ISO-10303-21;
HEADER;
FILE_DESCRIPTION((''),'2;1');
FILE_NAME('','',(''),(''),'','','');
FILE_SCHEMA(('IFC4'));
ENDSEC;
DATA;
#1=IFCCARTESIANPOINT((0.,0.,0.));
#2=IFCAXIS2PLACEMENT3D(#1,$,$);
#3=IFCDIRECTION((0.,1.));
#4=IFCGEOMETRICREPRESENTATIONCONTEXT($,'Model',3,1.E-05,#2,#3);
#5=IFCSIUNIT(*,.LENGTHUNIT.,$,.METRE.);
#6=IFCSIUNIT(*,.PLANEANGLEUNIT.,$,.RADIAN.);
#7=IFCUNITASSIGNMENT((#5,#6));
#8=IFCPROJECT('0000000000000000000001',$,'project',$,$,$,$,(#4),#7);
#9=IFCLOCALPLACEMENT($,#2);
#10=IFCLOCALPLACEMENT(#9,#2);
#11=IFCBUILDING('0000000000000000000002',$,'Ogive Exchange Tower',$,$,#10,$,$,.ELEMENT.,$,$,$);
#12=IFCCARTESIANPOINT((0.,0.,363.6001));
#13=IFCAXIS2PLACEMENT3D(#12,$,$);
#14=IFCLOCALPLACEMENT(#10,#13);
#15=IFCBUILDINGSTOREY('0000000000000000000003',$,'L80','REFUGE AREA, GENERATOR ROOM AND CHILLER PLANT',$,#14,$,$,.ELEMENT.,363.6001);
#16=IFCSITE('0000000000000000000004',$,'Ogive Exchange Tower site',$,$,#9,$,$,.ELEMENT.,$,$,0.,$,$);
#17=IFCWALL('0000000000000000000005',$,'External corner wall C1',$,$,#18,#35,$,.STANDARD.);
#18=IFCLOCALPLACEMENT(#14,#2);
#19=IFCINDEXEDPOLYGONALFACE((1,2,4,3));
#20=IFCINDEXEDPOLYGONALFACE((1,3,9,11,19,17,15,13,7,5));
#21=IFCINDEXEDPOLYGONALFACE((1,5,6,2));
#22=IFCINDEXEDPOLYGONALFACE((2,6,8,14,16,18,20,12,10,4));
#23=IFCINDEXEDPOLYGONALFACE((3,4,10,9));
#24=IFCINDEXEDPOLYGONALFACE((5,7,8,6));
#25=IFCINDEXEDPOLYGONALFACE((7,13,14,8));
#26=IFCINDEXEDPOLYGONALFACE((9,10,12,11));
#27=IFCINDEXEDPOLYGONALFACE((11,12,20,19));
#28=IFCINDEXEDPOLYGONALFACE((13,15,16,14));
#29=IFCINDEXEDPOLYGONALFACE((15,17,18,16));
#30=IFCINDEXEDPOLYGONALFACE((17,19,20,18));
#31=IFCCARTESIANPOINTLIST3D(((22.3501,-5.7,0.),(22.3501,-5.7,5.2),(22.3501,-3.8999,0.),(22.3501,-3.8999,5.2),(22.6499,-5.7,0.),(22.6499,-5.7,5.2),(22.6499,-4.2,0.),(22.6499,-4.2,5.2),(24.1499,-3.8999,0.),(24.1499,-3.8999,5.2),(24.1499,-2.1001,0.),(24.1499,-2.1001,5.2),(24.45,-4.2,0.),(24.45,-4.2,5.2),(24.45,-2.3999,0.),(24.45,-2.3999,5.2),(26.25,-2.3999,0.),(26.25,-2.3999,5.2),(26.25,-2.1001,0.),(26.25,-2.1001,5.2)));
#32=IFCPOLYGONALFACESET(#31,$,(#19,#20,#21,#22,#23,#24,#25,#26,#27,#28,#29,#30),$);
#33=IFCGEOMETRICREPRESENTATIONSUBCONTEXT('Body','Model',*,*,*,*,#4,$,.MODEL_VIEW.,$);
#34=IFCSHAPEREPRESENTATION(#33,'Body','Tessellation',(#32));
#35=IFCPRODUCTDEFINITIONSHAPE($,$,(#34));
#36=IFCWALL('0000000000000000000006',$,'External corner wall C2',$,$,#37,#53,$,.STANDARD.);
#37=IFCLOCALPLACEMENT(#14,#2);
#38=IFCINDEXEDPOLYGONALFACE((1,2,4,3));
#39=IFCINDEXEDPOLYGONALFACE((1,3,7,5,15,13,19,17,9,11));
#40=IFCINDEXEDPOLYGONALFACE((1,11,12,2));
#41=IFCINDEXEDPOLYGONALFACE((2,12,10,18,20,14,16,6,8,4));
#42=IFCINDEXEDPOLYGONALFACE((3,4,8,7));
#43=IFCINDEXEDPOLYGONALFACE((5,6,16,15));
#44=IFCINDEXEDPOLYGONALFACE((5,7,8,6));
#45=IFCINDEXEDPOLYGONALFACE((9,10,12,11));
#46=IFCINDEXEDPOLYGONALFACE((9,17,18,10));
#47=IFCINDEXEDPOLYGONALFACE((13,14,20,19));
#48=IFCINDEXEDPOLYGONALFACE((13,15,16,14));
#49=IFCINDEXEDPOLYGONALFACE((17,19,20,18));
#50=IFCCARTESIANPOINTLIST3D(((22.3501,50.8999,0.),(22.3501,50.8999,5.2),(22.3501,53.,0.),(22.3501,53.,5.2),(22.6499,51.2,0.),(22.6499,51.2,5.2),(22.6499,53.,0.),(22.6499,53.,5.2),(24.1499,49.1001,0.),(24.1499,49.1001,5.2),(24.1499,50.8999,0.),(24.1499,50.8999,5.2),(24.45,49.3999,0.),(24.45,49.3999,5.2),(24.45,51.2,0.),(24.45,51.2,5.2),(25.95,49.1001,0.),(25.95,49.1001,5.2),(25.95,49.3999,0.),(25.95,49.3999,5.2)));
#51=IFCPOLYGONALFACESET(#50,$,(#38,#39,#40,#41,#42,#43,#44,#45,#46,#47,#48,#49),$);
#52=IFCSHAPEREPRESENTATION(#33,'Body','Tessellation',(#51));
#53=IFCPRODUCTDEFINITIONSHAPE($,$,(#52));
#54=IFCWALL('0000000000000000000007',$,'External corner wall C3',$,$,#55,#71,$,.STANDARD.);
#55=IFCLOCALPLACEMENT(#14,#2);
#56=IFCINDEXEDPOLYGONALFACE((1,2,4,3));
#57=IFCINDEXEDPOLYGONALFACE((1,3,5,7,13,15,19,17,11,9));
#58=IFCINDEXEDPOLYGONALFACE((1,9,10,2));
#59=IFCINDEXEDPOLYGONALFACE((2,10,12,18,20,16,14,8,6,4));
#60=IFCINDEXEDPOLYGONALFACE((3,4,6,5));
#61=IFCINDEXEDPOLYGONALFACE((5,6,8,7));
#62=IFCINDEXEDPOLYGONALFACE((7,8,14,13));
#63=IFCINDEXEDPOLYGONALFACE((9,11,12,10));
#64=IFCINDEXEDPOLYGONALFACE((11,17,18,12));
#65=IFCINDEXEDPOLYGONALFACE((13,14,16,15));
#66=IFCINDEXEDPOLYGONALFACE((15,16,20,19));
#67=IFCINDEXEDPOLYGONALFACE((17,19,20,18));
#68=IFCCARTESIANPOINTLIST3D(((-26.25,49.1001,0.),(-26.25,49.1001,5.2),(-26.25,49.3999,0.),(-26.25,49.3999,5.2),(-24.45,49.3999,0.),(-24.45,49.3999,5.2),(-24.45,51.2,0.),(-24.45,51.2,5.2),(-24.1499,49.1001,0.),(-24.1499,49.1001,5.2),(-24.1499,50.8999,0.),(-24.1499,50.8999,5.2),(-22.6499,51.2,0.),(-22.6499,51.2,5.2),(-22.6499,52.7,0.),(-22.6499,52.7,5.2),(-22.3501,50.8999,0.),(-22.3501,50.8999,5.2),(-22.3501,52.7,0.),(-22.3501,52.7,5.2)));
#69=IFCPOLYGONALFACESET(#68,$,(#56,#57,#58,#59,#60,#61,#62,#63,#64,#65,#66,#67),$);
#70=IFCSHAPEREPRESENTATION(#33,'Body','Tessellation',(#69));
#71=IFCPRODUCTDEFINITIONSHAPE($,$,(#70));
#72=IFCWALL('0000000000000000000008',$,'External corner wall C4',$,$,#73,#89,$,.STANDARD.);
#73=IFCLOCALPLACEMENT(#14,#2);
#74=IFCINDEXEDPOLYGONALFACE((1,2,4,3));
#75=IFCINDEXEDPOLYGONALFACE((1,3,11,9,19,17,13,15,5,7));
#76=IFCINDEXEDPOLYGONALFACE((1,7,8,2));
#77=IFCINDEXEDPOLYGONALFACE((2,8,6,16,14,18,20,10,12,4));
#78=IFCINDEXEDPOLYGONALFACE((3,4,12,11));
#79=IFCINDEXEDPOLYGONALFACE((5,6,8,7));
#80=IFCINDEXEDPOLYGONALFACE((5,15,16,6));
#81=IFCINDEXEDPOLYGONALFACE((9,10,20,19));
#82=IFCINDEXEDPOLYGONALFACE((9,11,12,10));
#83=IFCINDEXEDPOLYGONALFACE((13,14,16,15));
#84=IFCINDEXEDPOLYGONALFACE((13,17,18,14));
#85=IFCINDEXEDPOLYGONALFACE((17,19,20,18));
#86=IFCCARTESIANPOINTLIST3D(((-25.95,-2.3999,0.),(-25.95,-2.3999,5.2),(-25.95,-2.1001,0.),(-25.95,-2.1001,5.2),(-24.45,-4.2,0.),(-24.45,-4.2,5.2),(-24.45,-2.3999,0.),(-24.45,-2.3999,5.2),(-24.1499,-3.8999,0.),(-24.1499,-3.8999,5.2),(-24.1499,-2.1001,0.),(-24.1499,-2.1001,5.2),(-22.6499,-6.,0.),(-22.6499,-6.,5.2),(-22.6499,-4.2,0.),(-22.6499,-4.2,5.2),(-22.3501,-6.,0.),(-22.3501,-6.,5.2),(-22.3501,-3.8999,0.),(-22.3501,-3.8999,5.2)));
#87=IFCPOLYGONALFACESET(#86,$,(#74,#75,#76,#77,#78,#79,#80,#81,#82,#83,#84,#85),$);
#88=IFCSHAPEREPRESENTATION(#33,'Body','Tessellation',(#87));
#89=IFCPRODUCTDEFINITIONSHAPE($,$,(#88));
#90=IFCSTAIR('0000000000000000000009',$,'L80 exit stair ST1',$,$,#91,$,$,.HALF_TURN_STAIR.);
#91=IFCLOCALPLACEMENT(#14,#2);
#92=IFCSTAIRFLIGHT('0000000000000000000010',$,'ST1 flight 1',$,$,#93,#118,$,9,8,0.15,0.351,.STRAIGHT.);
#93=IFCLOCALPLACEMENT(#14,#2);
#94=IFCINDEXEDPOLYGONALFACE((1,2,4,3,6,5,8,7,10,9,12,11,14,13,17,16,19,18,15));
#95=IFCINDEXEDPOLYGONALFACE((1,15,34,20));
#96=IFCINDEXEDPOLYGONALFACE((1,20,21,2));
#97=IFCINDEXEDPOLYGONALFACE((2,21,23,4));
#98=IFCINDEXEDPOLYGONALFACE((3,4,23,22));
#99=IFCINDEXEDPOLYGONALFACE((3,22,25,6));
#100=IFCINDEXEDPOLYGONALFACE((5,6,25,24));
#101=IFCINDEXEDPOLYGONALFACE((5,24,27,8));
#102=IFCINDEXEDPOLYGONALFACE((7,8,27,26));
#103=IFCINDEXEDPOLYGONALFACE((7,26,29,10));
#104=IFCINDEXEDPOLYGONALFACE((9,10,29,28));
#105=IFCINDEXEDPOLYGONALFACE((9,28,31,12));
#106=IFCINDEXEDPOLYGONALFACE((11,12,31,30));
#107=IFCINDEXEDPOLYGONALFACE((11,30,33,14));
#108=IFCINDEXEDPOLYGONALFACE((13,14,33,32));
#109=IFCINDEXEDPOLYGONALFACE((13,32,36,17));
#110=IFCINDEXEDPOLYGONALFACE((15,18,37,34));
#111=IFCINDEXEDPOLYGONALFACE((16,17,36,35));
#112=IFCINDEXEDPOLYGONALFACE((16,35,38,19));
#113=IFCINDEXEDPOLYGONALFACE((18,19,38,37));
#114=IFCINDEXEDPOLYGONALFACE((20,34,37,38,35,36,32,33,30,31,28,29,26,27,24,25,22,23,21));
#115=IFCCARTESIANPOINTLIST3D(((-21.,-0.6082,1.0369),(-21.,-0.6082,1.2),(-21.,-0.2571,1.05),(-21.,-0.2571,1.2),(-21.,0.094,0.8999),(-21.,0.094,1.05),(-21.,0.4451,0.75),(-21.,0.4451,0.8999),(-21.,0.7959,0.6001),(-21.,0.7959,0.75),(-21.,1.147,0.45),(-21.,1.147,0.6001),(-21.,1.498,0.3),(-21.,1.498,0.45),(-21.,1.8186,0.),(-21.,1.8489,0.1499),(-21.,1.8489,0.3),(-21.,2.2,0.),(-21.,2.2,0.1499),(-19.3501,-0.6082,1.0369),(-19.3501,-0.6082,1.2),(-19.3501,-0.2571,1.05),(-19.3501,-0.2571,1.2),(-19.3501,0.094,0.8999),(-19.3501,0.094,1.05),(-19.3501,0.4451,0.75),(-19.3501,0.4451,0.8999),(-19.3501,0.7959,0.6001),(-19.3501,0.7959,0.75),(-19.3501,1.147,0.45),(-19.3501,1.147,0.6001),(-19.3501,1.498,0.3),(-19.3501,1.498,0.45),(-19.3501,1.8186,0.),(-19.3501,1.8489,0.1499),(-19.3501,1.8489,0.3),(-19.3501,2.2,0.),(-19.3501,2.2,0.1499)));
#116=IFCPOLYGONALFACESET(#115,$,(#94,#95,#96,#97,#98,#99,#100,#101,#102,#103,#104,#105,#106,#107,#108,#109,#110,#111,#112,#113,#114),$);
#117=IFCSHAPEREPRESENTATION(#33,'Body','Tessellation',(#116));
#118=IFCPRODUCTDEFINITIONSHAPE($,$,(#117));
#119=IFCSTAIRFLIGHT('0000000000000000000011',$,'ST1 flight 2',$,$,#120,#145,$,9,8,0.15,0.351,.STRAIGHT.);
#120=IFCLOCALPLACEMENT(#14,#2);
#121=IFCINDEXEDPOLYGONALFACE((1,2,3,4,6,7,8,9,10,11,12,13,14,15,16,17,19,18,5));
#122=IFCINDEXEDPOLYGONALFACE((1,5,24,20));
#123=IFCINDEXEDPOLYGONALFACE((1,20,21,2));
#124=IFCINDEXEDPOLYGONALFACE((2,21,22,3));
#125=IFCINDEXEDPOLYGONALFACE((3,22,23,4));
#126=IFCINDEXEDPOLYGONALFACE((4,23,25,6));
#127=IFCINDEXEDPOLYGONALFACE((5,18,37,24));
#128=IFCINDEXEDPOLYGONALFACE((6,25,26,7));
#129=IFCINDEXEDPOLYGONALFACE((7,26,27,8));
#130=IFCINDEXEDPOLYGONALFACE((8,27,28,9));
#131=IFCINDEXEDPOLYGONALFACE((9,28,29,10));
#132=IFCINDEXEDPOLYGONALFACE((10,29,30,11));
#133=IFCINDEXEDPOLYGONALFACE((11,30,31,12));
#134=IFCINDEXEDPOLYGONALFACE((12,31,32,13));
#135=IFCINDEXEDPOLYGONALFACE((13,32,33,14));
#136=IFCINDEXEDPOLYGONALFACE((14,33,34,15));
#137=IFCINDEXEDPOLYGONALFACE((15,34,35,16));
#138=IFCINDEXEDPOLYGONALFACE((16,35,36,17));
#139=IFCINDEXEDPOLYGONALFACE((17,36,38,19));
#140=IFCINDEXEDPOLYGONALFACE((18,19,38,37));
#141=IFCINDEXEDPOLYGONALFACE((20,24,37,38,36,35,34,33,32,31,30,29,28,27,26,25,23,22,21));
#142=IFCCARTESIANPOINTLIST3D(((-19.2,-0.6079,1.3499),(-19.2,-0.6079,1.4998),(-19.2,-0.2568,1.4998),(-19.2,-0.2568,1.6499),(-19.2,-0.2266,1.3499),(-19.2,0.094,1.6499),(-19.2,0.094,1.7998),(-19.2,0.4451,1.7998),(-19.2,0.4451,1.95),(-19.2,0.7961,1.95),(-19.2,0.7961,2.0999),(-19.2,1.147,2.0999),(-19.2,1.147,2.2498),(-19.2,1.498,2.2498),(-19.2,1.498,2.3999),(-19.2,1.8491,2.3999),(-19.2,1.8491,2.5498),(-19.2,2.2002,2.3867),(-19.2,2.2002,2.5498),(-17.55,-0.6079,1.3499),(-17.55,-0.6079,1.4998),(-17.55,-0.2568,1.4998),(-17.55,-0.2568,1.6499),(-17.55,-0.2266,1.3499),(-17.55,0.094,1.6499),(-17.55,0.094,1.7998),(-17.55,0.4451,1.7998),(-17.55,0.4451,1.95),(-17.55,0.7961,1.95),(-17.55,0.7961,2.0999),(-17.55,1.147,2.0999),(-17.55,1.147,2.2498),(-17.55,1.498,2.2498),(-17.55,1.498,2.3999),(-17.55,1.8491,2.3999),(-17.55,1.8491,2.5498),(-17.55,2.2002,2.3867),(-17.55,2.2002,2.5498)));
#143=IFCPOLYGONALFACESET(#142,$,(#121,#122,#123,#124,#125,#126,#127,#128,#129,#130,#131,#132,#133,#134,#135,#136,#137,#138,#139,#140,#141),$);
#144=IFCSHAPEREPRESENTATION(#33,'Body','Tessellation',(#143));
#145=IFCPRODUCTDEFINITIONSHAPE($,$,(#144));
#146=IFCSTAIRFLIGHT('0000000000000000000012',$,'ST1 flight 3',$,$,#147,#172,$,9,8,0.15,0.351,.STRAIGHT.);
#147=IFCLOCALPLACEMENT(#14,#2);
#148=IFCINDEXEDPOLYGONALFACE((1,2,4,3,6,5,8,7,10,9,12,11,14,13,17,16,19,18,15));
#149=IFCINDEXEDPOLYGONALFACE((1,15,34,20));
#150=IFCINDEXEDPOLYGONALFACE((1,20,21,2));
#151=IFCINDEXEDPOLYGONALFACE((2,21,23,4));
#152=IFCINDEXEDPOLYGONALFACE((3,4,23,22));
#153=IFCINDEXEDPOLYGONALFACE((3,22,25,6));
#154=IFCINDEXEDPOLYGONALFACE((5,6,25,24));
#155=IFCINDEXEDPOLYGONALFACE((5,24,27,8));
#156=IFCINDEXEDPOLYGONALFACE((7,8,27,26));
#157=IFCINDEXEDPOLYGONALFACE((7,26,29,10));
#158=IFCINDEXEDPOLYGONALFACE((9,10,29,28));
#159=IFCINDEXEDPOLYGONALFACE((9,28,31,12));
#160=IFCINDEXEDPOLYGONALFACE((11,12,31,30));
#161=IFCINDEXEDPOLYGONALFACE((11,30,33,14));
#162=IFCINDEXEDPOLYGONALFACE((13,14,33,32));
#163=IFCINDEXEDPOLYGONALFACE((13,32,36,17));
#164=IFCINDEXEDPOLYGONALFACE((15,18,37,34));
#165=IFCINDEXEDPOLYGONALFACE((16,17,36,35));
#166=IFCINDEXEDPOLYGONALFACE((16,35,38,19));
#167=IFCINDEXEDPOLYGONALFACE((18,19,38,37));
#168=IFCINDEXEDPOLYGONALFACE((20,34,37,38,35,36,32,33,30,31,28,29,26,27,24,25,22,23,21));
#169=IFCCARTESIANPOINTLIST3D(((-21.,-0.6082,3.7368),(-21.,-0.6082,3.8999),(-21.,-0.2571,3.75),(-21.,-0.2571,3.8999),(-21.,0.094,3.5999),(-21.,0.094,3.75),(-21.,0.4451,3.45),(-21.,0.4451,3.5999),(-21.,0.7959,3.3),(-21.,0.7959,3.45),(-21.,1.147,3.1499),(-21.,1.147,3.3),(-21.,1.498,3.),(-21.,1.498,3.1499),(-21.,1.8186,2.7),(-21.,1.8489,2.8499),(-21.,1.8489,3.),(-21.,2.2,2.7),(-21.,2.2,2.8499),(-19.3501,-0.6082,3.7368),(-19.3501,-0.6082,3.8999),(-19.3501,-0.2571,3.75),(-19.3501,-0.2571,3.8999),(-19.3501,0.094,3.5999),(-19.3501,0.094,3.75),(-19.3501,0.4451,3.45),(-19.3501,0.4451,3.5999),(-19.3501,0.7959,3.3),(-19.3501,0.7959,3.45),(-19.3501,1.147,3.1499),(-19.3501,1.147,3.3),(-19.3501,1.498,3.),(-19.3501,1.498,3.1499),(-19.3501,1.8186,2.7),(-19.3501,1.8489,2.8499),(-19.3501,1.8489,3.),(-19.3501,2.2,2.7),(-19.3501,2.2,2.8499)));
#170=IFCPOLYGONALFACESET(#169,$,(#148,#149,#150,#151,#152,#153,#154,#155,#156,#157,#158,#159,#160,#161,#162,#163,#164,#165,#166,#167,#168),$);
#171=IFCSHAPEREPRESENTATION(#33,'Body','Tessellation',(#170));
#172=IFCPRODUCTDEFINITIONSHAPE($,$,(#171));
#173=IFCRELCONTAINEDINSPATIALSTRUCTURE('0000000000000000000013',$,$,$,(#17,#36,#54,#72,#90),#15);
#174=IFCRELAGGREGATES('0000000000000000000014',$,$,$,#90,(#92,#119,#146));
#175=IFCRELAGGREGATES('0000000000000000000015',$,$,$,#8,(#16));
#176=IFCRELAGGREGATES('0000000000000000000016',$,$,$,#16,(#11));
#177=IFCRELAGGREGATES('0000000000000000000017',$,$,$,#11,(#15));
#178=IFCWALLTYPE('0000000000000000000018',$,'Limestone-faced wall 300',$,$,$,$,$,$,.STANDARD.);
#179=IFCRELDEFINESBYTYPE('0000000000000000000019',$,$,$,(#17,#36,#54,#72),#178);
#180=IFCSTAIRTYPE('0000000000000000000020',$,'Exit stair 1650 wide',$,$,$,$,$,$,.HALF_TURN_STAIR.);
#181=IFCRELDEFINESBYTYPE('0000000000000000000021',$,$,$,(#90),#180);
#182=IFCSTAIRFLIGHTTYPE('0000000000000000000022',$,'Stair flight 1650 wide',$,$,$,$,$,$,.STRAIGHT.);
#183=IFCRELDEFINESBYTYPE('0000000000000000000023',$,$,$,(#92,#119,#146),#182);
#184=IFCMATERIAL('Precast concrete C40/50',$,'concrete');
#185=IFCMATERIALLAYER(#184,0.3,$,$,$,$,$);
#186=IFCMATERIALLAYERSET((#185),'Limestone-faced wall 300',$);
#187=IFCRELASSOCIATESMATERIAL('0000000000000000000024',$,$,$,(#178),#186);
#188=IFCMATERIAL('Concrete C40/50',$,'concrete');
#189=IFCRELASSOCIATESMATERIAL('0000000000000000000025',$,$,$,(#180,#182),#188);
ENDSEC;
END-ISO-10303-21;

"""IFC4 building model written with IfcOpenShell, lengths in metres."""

from ifc_helpers import new_model, si_unit, direction, frame, origin, place, context, subcontext, project, spatial, polyline, outline, extrude, material, layer, layer_set, type_object, element, aggregate, save


model = new_model("IFC4")

# Units and contexts
model_context = context("Model", 3, precision=1e-05, world=origin(), true_north=direction((0.0, 1.0)))
body_context = subcontext(model_context, "Body", "Model", "MODEL_VIEW")
ifc_project = project(units=[si_unit("LENGTHUNIT", "METRE"), si_unit("PLANEANGLEUNIT", "RADIAN")], contexts=[model_context])

# Site, building, storey
site_placement = place(None, origin())
site = spatial("IfcSite", under=ifc_project, at=site_placement, Name="Ogive Exchange Tower site", CompositionType="ELEMENT", RefElevation=0.0)
building_placement = place(site_placement, origin())
building = spatial("IfcBuilding", under=site, at=building_placement, Name="Ogive Exchange Tower", CompositionType="ELEMENT")
storey_placement = place(building_placement, frame((0.0, 0.0, 363.6001)))
storey = spatial("IfcBuildingStorey", under=building, at=storey_placement, Name="L80", Description="REFUGE AREA, GENERATOR ROOM AND CHILLER PLANT", CompositionType="ELEMENT", Elevation=363.6001)

# Walls
ifc_material_1 = material(Name="Precast concrete C40/50", Category="concrete")
ifc_layer_1 = layer(ifc_material_1, 0.3)
ifc_layer_set_1 = layer_set([ifc_layer_1], Name="Limestone-faced wall 300")
wall_type_1 = type_object("IfcWallType", Name="Limestone-faced wall 300", PredefinedType="STANDARD", material=ifc_layer_set_1)
wall_1_placement = place(storey_placement, origin())
element("IfcWall", 1, at=wall_1_placement, inside=storey, type_object=wall_type_1, Name="External corner wall C1", PredefinedType="STANDARD", context=body_context, shape_type="SweptSolid", body=[
    extrude(outline(polyline([(24.1499, -3.8999), (24.1499, -2.1001), (26.25, -2.1001), (26.25, -2.3999), (24.45, -2.3999), (24.45, -4.2), (22.6499, -4.2), (22.6499, -5.7), (22.3501, -5.7), (22.3501, -3.8999), (24.1499, -3.8999)])), origin(), (0.0, 0.0, 1.0), 5.2),
])
wall_2_placement = place(storey_placement, origin())
element("IfcWall", 2, at=wall_2_placement, inside=storey, type_object=wall_type_1, Name="External corner wall C2", PredefinedType="STANDARD", context=body_context, shape_type="SweptSolid", body=[
    extrude(outline(polyline([(24.1499, 50.8999), (22.3501, 50.8999), (22.3501, 53.0), (22.6499, 53.0), (22.6499, 51.2), (24.45, 51.2), (24.45, 49.3999), (25.95, 49.3999), (25.95, 49.1001), (24.1499, 49.1001), (24.1499, 50.8999)])), origin(), (0.0, 0.0, 1.0), 5.2),
])
wall_3_placement = place(storey_placement, origin())
element("IfcWall", 3, at=wall_3_placement, inside=storey, type_object=wall_type_1, Name="External corner wall C3", PredefinedType="STANDARD", context=body_context, shape_type="SweptSolid", body=[
    extrude(outline(polyline([(-24.45, 49.3999), (-24.45, 51.2), (-22.6499, 51.2), (-22.6499, 52.7), (-22.3501, 52.7), (-22.3501, 50.8999), (-24.1499, 50.8999), (-24.1499, 49.1001), (-26.25, 49.1001), (-26.25, 49.3999), (-24.45, 49.3999)])), origin(), (0.0, 0.0, 1.0), 5.2),
])
wall_4_placement = place(storey_placement, origin())
element("IfcWall", 4, at=wall_4_placement, inside=storey, type_object=wall_type_1, Name="External corner wall C4", PredefinedType="STANDARD", context=body_context, shape_type="SweptSolid", body=[
    extrude(outline(polyline([(-22.6499, -4.2), (-24.45, -4.2), (-24.45, -2.3999), (-25.95, -2.3999), (-25.95, -2.1001), (-24.1499, -2.1001), (-24.1499, -3.8999), (-22.3501, -3.8999), (-22.3501, -6.0), (-22.6499, -6.0), (-22.6499, -4.2)])), origin(), (0.0, 0.0, 1.0), 5.2),
])

# Stair, stair flights
ifc_material_2 = material(Name="Concrete C40/50", Category="concrete")
stair_type = type_object("IfcStairType", Name="Exit stair 1650 wide", PredefinedType="HALF_TURN_STAIR", material=ifc_material_2)
stair_placement = place(storey_placement, origin())
stair = element("IfcStair", 5, at=stair_placement, inside=storey, type_object=stair_type, Name="L80 exit stair ST1", PredefinedType="HALF_TURN_STAIR")
stair_flight_type = type_object("IfcStairFlightType", Name="Stair flight 1650 wide", PredefinedType="STRAIGHT", material=ifc_material_2)
stair_flight_1_placement = place(storey_placement, frame((-20.175, 2.2, 0.0), z_axis=(0.0, 0.0, 1.0), x_axis=(0.0, -1.0, 0.0)))
stair_flight_1 = element("IfcStairFlight", 6, at=stair_flight_1_placement, type_object=stair_flight_type, Name="ST1 flight 1", NumberOfRisers=9, NumberOfTreads=8, PredefinedType="STRAIGHT", RiserHeight=0.15, TreadLength=0.351, context=body_context, shape_type="SweptSolid", body=[
    extrude(outline(polyline([(0.0, 0.0), (0.0, 0.1499), (0.3511, 0.1499), (0.3511, 0.3), (0.7019, 0.3), (0.7019, 0.45), (1.053, 0.45), (1.053, 0.6001), (1.4041, 0.6001), (1.4041, 0.75), (1.7549, 0.75), (1.7549, 0.8999), (2.106, 0.8999), (2.106, 1.05), (2.457, 1.05), (2.457, 1.2), (2.8081, 1.2), (2.8081, 1.3501), (2.8081, 1.0369), (0.3813, 0.0), (0.0, 0.0)])), frame((0.0, 0.825, 0.0), z_axis=(0.0, -1.0, 0.0), x_axis=(1.0, 0.0, 0.0)), (0.0, 0.0, 1.0), 1.6499),
])
stair_flight_2_placement = place(storey_placement, frame((-18.375, -0.6079, 1.3499), z_axis=(0.0, 0.0, 1.0), x_axis=(0.0, 1.0, 0.0)))
stair_flight_2 = element("IfcStairFlight", 7, at=stair_flight_2_placement, type_object=stair_flight_type, Name="ST1 flight 2", NumberOfRisers=9, NumberOfTreads=8, PredefinedType="STRAIGHT", RiserHeight=0.15, TreadLength=0.351, context=body_context, shape_type="SweptSolid", body=[
    extrude(outline(polyline([(0.0, 0.0), (0.0, 0.1499), (0.3511, 0.1499), (0.3511, 0.3), (0.7019, 0.3), (0.7019, 0.45), (1.053, 0.45), (1.053, 0.6001), (1.4041, 0.6001), (1.4041, 0.75), (1.7549, 0.75), (1.7549, 0.8999), (2.106, 0.8999), (2.106, 1.05), (2.457, 1.05), (2.457, 1.2), (2.8081, 1.2), (2.8081, 1.3501), (2.8081, 1.0369), (0.3813, 0.0), (0.0, 0.0)])), frame((0.0, 0.825, 0.0), z_axis=(0.0, -1.0, 0.0), x_axis=(1.0, 0.0, 0.0)), (0.0, 0.0, 1.0), 1.6499),
])
stair_flight_3_placement = place(storey_placement, frame((-20.175, 2.2, 2.7), z_axis=(0.0, 0.0, 1.0), x_axis=(0.0, -1.0, 0.0)))
stair_flight_3 = element("IfcStairFlight", 8, at=stair_flight_3_placement, type_object=stair_flight_type, Name="ST1 flight 3", NumberOfRisers=9, NumberOfTreads=8, PredefinedType="STRAIGHT", RiserHeight=0.15, TreadLength=0.351, context=body_context, shape_type="SweptSolid", body=[
    extrude(outline(polyline([(0.0, 0.0), (0.0, 0.1499), (0.3511, 0.1499), (0.3511, 0.3), (0.7019, 0.3), (0.7019, 0.45), (1.053, 0.45), (1.053, 0.6001), (1.4041, 0.6001), (1.4041, 0.75), (1.7549, 0.75), (1.7549, 0.8999), (2.106, 0.8999), (2.106, 1.05), (2.457, 1.05), (2.457, 1.2), (2.8081, 1.2), (2.8081, 1.3501), (2.8081, 1.0369), (0.3813, 0.0), (0.0, 0.0)])), frame((0.0, 0.825, 0.0), z_axis=(0.0, -1.0, 0.0), x_axis=(1.0, 0.0, 0.0)), (0.0, 0.0, 1.0), 1.6499),
])
aggregate(stair, [stair_flight_1, stair_flight_2, stair_flight_3])

save(model, "model.ifc")
